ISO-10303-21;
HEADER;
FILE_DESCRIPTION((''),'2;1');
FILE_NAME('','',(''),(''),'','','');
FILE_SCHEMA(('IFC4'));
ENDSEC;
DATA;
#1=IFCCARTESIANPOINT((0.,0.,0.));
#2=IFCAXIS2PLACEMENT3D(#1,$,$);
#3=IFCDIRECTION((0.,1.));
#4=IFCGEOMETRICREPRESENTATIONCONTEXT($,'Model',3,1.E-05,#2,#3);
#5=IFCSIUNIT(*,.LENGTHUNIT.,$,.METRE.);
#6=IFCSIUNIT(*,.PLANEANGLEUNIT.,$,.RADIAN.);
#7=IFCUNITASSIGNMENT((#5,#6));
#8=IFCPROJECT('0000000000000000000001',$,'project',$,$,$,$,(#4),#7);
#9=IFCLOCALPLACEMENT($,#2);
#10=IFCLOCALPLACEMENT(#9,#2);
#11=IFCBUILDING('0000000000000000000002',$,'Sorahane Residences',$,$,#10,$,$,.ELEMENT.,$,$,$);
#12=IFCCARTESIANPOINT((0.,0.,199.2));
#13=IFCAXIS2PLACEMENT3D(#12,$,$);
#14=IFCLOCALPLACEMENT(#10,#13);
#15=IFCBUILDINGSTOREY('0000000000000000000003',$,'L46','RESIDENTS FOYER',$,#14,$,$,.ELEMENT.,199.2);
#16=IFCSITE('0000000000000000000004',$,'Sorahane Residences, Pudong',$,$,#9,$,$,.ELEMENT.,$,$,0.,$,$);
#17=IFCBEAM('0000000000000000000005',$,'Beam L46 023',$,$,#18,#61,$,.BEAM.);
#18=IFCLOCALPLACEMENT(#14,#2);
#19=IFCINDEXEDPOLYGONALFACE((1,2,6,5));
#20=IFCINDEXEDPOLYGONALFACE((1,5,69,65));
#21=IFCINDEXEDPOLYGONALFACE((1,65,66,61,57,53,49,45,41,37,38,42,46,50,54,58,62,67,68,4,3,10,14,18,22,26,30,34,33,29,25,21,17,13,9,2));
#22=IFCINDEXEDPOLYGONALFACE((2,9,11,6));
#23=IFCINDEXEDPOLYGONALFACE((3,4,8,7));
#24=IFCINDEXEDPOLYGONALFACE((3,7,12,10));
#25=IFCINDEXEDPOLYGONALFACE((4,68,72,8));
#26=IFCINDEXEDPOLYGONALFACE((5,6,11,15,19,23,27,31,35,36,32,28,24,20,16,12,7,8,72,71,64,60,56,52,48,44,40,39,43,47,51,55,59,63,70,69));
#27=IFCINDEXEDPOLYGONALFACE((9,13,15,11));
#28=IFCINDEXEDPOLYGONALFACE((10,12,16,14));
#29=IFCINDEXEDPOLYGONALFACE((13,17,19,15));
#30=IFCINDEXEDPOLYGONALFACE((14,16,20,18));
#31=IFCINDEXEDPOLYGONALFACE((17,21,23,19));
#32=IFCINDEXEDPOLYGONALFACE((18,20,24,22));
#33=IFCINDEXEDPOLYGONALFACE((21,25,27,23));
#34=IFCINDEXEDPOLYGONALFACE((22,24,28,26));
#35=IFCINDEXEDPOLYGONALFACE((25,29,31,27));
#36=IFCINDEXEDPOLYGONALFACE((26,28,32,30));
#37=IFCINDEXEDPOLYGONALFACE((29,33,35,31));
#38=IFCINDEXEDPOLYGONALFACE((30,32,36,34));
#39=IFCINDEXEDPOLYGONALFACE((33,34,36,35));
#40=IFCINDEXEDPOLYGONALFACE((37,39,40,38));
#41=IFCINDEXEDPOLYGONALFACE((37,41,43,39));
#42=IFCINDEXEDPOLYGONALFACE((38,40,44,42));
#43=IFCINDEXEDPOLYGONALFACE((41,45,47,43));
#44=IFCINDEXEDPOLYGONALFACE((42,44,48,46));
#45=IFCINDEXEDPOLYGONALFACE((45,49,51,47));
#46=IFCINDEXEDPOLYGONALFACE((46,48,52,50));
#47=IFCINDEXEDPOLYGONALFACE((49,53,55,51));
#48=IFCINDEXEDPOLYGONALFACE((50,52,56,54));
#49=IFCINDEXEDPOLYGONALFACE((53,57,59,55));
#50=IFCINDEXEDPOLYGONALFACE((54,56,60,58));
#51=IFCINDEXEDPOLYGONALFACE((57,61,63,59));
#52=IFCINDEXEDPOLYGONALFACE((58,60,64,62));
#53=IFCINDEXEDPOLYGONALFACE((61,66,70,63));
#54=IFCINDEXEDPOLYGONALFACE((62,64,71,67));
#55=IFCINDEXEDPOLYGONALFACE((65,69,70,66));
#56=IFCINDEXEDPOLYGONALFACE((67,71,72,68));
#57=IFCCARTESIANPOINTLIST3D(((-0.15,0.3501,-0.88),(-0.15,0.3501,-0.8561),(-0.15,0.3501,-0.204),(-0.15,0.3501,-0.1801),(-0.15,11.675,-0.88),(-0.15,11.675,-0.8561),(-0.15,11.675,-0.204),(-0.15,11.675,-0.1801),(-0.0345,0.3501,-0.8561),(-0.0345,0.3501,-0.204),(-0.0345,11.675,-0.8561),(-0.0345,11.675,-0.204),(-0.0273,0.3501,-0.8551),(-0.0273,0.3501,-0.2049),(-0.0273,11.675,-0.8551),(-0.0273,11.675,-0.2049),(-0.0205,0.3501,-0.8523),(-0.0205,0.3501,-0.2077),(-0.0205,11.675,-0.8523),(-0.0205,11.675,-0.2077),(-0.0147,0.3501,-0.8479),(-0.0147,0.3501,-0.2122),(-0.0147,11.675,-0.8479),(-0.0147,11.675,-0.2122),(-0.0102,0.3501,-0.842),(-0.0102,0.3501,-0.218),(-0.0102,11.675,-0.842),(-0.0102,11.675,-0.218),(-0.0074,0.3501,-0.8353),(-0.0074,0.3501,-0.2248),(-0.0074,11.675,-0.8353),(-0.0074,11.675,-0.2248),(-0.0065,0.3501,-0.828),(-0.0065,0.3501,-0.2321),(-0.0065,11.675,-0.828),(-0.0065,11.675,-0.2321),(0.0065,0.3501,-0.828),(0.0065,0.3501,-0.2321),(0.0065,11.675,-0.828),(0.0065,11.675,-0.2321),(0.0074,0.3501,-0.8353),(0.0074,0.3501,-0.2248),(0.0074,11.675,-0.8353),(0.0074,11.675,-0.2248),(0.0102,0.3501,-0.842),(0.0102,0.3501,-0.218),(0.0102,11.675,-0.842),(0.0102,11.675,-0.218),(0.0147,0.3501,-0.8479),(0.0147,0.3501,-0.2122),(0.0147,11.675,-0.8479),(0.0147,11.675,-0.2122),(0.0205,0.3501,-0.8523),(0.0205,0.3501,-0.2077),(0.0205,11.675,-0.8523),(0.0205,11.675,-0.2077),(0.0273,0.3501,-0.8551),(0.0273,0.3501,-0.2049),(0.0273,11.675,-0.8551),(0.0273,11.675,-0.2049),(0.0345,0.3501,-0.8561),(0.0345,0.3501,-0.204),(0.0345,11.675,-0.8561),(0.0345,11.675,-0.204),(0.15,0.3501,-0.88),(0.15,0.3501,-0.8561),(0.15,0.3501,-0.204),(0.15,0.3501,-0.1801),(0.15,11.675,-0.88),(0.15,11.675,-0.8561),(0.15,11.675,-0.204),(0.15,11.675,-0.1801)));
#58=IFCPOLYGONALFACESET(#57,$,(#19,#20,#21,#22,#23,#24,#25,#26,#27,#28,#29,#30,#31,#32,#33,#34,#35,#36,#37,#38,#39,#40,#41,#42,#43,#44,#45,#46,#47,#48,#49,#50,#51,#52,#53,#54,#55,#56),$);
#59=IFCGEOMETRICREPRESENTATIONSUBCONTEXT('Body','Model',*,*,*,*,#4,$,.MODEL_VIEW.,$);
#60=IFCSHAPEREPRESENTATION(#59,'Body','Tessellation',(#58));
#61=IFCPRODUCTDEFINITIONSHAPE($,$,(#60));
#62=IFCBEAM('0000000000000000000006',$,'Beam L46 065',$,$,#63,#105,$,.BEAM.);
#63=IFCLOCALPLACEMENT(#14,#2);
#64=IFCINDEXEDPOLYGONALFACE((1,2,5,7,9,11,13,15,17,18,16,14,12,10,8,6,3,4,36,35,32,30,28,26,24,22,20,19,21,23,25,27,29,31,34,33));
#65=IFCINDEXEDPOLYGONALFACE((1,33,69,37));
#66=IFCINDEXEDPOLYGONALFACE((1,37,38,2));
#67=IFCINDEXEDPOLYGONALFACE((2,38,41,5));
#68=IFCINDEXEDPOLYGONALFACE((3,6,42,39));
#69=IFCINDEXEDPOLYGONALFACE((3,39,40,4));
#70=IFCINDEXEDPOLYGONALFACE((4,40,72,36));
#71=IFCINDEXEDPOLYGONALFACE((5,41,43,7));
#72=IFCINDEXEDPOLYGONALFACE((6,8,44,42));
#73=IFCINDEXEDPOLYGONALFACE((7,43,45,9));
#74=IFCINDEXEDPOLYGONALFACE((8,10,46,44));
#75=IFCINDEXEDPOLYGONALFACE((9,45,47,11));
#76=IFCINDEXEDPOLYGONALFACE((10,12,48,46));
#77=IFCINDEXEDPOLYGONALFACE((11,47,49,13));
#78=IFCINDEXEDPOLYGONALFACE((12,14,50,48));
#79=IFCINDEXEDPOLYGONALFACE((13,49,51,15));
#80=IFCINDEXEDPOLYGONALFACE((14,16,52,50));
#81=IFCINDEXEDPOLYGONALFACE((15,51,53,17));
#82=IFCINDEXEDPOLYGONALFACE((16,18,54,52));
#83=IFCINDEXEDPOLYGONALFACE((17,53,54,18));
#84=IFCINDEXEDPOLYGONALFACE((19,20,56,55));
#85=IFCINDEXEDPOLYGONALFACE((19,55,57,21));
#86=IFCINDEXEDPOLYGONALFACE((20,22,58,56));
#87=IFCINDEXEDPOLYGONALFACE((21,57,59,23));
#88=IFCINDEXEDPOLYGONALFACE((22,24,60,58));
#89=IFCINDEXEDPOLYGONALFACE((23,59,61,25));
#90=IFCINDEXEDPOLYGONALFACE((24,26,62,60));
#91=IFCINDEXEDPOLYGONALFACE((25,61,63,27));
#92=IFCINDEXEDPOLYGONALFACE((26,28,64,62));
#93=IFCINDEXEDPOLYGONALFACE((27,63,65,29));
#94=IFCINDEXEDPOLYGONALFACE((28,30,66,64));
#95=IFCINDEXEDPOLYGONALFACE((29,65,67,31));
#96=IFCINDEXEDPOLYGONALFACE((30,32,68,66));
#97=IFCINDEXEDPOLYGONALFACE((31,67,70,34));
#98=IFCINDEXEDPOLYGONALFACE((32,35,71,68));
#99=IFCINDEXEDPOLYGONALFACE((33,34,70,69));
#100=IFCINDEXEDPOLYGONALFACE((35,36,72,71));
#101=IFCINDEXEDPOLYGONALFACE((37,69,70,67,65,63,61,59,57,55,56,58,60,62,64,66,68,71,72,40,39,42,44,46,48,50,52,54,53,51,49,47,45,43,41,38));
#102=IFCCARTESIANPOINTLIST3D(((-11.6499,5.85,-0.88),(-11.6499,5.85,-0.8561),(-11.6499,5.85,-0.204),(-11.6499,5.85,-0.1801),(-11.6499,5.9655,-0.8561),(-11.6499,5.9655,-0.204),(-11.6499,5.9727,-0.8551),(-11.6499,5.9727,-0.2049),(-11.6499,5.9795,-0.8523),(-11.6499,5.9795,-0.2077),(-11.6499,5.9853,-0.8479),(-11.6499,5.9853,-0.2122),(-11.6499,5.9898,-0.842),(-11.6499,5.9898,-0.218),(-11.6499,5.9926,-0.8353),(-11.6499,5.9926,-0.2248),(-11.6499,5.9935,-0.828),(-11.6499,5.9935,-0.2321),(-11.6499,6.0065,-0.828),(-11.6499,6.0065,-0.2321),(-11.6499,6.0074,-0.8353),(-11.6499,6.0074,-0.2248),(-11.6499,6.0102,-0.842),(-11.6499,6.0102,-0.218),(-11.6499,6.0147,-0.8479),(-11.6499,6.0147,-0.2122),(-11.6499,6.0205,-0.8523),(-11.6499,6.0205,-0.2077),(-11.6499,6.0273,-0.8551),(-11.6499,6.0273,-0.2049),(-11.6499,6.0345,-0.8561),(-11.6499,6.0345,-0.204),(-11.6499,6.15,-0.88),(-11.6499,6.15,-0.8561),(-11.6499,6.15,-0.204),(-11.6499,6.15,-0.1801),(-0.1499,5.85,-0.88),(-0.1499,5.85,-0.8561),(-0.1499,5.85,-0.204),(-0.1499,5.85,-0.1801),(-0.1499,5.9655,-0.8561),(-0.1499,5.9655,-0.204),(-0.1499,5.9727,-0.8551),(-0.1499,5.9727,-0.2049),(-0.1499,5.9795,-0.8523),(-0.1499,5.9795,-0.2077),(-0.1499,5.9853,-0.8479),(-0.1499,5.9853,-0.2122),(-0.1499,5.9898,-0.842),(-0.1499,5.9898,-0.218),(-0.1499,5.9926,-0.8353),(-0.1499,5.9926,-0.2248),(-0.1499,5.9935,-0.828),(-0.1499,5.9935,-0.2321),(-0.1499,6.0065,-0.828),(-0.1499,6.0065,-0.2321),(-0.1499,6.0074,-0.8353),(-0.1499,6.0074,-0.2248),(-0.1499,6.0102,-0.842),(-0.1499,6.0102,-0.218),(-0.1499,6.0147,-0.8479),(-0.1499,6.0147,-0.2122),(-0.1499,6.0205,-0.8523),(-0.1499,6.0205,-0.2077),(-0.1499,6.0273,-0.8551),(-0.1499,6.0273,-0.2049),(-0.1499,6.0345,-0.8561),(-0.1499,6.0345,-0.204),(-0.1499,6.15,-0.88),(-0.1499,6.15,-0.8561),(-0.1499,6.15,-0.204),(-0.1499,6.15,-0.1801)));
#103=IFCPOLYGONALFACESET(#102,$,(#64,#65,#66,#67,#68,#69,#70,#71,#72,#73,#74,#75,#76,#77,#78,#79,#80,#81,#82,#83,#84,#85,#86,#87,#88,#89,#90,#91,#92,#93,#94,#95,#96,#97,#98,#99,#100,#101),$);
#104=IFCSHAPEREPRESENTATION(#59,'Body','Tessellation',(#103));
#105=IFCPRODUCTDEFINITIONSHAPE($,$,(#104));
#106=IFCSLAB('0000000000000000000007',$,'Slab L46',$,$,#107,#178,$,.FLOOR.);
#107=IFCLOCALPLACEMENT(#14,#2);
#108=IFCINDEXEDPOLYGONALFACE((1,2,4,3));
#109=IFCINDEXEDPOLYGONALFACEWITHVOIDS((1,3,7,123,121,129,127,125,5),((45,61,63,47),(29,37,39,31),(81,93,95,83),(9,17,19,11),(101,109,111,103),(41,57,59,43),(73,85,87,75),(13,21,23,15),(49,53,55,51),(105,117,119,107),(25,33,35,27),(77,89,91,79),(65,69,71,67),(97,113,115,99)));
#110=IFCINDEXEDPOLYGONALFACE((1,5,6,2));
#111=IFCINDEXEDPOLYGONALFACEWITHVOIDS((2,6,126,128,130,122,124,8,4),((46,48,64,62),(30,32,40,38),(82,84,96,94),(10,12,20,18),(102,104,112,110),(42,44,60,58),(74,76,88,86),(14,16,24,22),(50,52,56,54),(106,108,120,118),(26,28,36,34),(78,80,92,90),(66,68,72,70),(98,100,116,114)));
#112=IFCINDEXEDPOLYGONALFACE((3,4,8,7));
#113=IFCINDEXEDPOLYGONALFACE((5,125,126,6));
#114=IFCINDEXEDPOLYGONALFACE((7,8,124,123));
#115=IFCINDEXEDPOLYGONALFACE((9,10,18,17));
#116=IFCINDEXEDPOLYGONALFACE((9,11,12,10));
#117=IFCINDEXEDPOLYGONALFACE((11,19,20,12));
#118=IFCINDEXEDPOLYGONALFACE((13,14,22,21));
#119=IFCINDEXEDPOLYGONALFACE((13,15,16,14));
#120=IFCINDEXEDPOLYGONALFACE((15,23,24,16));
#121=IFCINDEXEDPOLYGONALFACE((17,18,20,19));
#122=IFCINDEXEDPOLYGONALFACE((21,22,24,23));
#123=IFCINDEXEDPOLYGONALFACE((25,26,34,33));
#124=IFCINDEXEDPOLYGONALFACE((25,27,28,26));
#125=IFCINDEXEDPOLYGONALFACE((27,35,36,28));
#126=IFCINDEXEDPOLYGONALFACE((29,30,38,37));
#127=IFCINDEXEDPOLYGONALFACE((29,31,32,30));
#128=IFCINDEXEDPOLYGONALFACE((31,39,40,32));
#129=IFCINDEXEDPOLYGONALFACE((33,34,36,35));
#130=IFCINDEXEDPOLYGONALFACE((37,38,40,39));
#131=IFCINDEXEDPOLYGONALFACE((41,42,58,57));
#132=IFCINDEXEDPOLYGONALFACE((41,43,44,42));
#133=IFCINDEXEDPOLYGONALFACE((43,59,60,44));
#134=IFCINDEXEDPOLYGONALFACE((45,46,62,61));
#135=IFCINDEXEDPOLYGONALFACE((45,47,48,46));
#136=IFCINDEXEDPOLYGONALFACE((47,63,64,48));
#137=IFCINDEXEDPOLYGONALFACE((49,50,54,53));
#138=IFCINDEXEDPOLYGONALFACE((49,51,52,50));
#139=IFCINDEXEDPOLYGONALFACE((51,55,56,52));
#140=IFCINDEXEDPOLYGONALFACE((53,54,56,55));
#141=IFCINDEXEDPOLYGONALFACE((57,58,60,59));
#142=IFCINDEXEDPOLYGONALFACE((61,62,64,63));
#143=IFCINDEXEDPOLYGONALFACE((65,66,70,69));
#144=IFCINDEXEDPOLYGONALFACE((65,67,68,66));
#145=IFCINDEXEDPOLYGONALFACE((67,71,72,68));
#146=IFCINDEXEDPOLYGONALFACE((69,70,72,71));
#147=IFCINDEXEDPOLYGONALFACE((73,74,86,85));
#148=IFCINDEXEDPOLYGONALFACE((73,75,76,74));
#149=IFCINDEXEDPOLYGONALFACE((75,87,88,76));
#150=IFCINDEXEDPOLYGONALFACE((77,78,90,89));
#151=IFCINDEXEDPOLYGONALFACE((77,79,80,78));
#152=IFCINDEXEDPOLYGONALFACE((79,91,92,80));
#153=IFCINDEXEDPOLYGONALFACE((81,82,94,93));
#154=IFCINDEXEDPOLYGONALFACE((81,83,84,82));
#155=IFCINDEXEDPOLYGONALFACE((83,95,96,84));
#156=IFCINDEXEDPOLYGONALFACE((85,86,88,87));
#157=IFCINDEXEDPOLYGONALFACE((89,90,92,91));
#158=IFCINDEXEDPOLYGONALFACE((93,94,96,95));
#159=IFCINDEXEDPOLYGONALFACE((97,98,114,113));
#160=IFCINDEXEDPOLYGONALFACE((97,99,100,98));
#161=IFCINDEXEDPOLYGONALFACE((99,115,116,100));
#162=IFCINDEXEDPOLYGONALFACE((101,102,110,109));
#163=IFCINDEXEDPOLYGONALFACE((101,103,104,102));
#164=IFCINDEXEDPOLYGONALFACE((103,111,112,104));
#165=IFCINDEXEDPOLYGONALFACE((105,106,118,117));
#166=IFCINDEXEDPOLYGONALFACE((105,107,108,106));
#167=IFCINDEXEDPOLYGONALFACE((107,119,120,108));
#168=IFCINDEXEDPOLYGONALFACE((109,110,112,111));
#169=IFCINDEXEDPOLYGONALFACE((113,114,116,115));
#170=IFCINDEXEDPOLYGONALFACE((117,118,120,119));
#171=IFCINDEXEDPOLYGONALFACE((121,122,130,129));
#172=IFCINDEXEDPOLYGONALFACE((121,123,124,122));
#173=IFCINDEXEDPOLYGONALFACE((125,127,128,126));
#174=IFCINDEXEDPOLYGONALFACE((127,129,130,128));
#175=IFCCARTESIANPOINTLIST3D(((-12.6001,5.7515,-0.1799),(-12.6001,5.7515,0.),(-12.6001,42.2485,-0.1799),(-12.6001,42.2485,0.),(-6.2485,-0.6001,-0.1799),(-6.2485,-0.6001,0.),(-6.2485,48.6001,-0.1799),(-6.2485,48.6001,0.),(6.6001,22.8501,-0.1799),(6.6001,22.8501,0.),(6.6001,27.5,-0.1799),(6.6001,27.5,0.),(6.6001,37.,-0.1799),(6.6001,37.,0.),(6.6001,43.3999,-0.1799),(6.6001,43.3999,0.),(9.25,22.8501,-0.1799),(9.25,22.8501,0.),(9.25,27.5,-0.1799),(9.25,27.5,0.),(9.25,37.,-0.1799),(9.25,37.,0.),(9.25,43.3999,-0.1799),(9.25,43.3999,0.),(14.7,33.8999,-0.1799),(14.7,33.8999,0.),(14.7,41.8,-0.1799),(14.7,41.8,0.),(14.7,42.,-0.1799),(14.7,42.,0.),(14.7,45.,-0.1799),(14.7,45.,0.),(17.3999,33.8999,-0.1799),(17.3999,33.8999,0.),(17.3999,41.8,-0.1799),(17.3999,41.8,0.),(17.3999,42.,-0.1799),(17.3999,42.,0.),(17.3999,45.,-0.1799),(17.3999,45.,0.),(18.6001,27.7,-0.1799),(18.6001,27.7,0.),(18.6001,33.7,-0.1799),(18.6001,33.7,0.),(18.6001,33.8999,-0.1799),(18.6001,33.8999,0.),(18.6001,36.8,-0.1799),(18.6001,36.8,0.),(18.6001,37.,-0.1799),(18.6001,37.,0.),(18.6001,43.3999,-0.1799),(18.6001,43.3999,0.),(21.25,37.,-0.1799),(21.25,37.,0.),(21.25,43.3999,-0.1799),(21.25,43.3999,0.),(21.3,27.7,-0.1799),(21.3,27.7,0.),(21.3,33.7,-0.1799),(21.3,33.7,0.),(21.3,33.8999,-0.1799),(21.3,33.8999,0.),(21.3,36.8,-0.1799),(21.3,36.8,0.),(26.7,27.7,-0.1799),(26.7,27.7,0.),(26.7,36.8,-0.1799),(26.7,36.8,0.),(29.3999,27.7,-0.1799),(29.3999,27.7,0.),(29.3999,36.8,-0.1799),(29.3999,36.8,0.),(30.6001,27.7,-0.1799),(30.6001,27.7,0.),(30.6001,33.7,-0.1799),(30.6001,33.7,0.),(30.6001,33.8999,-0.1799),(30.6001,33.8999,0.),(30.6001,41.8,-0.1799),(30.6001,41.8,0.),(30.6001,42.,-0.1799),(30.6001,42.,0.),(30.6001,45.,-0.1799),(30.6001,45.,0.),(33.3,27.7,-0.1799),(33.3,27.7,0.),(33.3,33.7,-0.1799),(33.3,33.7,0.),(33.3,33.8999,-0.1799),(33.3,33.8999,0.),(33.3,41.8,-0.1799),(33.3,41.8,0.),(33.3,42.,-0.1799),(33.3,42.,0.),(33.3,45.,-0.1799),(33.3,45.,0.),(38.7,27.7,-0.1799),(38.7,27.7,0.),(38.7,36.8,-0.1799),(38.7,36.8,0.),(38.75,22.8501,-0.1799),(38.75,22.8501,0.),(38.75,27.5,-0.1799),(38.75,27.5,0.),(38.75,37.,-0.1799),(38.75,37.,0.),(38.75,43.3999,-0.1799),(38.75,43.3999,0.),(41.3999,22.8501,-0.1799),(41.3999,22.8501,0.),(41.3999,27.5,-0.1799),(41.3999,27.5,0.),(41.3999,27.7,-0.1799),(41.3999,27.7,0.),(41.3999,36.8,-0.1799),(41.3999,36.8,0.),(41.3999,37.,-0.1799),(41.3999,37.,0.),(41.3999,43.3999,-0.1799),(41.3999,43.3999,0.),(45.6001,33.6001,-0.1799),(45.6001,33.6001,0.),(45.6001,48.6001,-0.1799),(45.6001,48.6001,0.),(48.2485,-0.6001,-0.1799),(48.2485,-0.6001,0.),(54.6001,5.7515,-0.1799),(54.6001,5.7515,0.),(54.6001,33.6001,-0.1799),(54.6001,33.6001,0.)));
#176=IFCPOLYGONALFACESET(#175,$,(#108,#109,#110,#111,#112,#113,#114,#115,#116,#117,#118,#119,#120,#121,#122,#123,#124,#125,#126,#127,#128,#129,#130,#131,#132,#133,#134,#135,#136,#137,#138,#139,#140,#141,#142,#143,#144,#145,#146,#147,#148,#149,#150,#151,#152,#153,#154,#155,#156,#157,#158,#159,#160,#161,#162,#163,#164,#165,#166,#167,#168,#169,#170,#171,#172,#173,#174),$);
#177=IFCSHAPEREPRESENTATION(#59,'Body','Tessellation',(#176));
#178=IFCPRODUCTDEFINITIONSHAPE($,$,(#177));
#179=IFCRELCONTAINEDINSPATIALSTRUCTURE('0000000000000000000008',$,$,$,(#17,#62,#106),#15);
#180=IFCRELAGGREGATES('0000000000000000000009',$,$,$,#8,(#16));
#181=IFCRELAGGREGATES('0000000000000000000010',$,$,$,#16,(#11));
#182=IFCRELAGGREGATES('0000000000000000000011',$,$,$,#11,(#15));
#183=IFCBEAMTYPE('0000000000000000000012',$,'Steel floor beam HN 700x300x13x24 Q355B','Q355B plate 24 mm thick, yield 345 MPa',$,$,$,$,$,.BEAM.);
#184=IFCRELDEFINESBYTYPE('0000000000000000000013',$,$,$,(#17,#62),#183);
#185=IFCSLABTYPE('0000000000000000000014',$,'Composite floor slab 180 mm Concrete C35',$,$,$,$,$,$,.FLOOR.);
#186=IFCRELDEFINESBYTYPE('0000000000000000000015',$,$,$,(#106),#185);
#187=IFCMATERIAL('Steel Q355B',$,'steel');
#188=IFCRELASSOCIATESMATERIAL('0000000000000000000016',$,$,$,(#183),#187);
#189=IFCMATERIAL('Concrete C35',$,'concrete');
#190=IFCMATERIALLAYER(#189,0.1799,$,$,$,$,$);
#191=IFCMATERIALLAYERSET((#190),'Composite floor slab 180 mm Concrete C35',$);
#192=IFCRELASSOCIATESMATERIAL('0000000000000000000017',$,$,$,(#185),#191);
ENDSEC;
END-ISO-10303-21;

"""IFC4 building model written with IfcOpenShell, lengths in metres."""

from ifc_helpers import new_model, si_unit, direction, frame, origin, origin_2d, place, context, subcontext, project, spatial, polyline, i_section, outline, extrude, material, layer, layer_set, material_profile, profile_set, type_object, element, save


model = new_model("IFC4")

# Units and contexts
model_context = context("Model", 3, precision=1e-05, world=origin(), true_north=direction((0.0, 1.0)))
body_context = subcontext(model_context, "Body", "Model", "MODEL_VIEW")
ifc_project = project(units=[si_unit("LENGTHUNIT", "METRE"), si_unit("PLANEANGLEUNIT", "RADIAN")], contexts=[model_context])

# Site, building, storey
site_placement = place(None, origin())
site = spatial("IfcSite", under=ifc_project, at=site_placement, Name="Sorahane Residences, Pudong", CompositionType="ELEMENT", RefElevation=0.0)
building_placement = place(site_placement, origin())
building = spatial("IfcBuilding", under=site, at=building_placement, Name="Sorahane Residences", CompositionType="ELEMENT")
storey_placement = place(building_placement, frame((0.0, 0.0, 199.2)))
storey = spatial("IfcBuildingStorey", under=building, at=storey_placement, Name="L46", Description="RESIDENTS FOYER", CompositionType="ELEMENT", Elevation=199.2)

# Beams
ifc_material_1 = material(Name="Steel Q355B", Category="steel")
ifc_material_profile_1 = material_profile(ifc_material_1, i_section(OverallWidth=0.3, OverallDepth=0.7, WebThickness=0.0129, FlangeThickness=0.0239, FilletRadius=0.0281, at=origin_2d()), Name="HN 700x300x13x24")
ifc_profile_set_1 = profile_set([ifc_material_profile_1], Name="Steel Q355B")
beam_type_1 = type_object("IfcBeamType", Name="Steel floor beam HN 700x300x13x24 Q355B", Description="Q355B plate 24 mm thick, yield 345 MPa", PredefinedType="BEAM", material=ifc_profile_set_1)
beam_1_placement = place(storey_placement, frame((0.0, 0.3501, -0.53), z_axis=(0.0, 1.0, 0.0), x_axis=(-1.0, 0.0, 0.0)))
element("IfcBeam", 1, at=beam_1_placement, inside=storey, type_object=beam_type_1, Name="Beam L46 023", PredefinedType="BEAM", context=body_context, shape_type="SweptSolid", body=[
    extrude(i_section(OverallWidth=0.3, OverallDepth=0.7, WebThickness=0.0129, FlangeThickness=0.0239, FilletRadius=0.0281, at=origin_2d()), origin(), (0.0, 0.0, 1.0), 11.325),
])
beam_2_placement = place(storey_placement, frame((-11.6499, 6.0, -0.53), z_axis=(1.0, 0.0, 0.0), x_axis=(0.0, 1.0, 0.0)))
element("IfcBeam", 2, at=beam_2_placement, inside=storey, type_object=beam_type_1, Name="Beam L46 065", PredefinedType="BEAM", context=body_context, shape_type="SweptSolid", body=[
    extrude(i_section(OverallWidth=0.3, OverallDepth=0.7, WebThickness=0.0129, FlangeThickness=0.0239, FilletRadius=0.0281, at=origin_2d()), origin(), (0.0, 0.0, 1.0), 11.5),
])

# Slab
ifc_material_2 = material(Name="Concrete C35", Category="concrete")
ifc_layer_1 = layer(ifc_material_2, 0.1799)
ifc_layer_set_1 = layer_set([ifc_layer_1], Name="Composite floor slab 180 mm Concrete C35")
slab_type_1 = type_object("IfcSlabType", Name="Composite floor slab 180 mm Concrete C35", PredefinedType="FLOOR", material=ifc_layer_set_1)
slab_1_placement = place(storey_placement, frame((0.0, 0.0, -0.1799)))
element("IfcSlab", 3, at=slab_1_placement, inside=storey, type_object=slab_type_1, Name="Slab L46", PredefinedType="FLOOR", context=body_context, shape_type="SweptSolid", body=[
    extrude(outline(polyline([(54.6001, 5.7515), (48.2485, -0.6001), (-6.2485, -0.6001), (-12.6001, 5.7515), (-12.6001, 42.2485), (-6.2485, 48.6001), (45.6001, 48.6001), (45.6001, 33.6001), (54.6001, 33.6001), (54.6001, 5.7515)]), holes=[polyline([(18.6001, 27.7), (21.3, 27.7), (21.3, 33.7), (18.6001, 33.7), (18.6001, 27.7)]), polyline([(38.7, 27.7), (41.3999, 27.7), (41.3999, 36.8), (38.7, 36.8), (38.7, 27.7)]), polyline([(30.6001, 27.7), (33.3, 27.7), (33.3, 33.7), (30.6001, 33.7), (30.6001, 27.7)]), polyline([(30.6001, 42.0), (33.3, 42.0), (33.3, 45.0), (30.6001, 45.0), (30.6001, 42.0)]), polyline([(14.7, 42.0), (17.3999, 42.0), (17.3999, 45.0), (14.7, 45.0), (14.7, 42.0)]), polyline([(6.6001, 43.3999), (6.6001, 37.0), (9.25, 37.0), (9.25, 43.3999), (6.6001, 43.3999)]), polyline([(38.75, 43.3999), (38.75, 37.0), (41.3999, 37.0), (41.3999, 43.3999), (38.75, 43.3999)]), polyline([(18.6001, 43.3999), (18.6001, 37.0), (21.25, 37.0), (21.25, 43.3999), (18.6001, 43.3999)]), polyline([(9.25, 22.8501), (9.25, 27.5), (6.6001, 27.5), (6.6001, 22.8501), (9.25, 22.8501)]), polyline([(41.3999, 22.8501), (41.3999, 27.5), (38.75, 27.5), (38.75, 22.8501), (41.3999, 22.8501)]), polyline([(14.7, 33.8999), (17.3999, 33.8999), (17.3999, 41.8), (14.7, 41.8), (14.7, 33.8999)]), polyline([(30.6001, 33.8999), (33.3, 33.8999), (33.3, 41.8), (30.6001, 41.8), (30.6001, 33.8999)]), polyline([(18.6001, 33.8999), (21.3, 33.8999), (21.3, 36.8), (18.6001, 36.8), (18.6001, 33.8999)]), polyline([(26.7, 27.7), (29.3999, 27.7), (29.3999, 36.8), (26.7, 36.8), (26.7, 27.7)])]), origin(), (0.0, 0.0, 1.0), 0.1799),
])

save(model, "model.ifc")
